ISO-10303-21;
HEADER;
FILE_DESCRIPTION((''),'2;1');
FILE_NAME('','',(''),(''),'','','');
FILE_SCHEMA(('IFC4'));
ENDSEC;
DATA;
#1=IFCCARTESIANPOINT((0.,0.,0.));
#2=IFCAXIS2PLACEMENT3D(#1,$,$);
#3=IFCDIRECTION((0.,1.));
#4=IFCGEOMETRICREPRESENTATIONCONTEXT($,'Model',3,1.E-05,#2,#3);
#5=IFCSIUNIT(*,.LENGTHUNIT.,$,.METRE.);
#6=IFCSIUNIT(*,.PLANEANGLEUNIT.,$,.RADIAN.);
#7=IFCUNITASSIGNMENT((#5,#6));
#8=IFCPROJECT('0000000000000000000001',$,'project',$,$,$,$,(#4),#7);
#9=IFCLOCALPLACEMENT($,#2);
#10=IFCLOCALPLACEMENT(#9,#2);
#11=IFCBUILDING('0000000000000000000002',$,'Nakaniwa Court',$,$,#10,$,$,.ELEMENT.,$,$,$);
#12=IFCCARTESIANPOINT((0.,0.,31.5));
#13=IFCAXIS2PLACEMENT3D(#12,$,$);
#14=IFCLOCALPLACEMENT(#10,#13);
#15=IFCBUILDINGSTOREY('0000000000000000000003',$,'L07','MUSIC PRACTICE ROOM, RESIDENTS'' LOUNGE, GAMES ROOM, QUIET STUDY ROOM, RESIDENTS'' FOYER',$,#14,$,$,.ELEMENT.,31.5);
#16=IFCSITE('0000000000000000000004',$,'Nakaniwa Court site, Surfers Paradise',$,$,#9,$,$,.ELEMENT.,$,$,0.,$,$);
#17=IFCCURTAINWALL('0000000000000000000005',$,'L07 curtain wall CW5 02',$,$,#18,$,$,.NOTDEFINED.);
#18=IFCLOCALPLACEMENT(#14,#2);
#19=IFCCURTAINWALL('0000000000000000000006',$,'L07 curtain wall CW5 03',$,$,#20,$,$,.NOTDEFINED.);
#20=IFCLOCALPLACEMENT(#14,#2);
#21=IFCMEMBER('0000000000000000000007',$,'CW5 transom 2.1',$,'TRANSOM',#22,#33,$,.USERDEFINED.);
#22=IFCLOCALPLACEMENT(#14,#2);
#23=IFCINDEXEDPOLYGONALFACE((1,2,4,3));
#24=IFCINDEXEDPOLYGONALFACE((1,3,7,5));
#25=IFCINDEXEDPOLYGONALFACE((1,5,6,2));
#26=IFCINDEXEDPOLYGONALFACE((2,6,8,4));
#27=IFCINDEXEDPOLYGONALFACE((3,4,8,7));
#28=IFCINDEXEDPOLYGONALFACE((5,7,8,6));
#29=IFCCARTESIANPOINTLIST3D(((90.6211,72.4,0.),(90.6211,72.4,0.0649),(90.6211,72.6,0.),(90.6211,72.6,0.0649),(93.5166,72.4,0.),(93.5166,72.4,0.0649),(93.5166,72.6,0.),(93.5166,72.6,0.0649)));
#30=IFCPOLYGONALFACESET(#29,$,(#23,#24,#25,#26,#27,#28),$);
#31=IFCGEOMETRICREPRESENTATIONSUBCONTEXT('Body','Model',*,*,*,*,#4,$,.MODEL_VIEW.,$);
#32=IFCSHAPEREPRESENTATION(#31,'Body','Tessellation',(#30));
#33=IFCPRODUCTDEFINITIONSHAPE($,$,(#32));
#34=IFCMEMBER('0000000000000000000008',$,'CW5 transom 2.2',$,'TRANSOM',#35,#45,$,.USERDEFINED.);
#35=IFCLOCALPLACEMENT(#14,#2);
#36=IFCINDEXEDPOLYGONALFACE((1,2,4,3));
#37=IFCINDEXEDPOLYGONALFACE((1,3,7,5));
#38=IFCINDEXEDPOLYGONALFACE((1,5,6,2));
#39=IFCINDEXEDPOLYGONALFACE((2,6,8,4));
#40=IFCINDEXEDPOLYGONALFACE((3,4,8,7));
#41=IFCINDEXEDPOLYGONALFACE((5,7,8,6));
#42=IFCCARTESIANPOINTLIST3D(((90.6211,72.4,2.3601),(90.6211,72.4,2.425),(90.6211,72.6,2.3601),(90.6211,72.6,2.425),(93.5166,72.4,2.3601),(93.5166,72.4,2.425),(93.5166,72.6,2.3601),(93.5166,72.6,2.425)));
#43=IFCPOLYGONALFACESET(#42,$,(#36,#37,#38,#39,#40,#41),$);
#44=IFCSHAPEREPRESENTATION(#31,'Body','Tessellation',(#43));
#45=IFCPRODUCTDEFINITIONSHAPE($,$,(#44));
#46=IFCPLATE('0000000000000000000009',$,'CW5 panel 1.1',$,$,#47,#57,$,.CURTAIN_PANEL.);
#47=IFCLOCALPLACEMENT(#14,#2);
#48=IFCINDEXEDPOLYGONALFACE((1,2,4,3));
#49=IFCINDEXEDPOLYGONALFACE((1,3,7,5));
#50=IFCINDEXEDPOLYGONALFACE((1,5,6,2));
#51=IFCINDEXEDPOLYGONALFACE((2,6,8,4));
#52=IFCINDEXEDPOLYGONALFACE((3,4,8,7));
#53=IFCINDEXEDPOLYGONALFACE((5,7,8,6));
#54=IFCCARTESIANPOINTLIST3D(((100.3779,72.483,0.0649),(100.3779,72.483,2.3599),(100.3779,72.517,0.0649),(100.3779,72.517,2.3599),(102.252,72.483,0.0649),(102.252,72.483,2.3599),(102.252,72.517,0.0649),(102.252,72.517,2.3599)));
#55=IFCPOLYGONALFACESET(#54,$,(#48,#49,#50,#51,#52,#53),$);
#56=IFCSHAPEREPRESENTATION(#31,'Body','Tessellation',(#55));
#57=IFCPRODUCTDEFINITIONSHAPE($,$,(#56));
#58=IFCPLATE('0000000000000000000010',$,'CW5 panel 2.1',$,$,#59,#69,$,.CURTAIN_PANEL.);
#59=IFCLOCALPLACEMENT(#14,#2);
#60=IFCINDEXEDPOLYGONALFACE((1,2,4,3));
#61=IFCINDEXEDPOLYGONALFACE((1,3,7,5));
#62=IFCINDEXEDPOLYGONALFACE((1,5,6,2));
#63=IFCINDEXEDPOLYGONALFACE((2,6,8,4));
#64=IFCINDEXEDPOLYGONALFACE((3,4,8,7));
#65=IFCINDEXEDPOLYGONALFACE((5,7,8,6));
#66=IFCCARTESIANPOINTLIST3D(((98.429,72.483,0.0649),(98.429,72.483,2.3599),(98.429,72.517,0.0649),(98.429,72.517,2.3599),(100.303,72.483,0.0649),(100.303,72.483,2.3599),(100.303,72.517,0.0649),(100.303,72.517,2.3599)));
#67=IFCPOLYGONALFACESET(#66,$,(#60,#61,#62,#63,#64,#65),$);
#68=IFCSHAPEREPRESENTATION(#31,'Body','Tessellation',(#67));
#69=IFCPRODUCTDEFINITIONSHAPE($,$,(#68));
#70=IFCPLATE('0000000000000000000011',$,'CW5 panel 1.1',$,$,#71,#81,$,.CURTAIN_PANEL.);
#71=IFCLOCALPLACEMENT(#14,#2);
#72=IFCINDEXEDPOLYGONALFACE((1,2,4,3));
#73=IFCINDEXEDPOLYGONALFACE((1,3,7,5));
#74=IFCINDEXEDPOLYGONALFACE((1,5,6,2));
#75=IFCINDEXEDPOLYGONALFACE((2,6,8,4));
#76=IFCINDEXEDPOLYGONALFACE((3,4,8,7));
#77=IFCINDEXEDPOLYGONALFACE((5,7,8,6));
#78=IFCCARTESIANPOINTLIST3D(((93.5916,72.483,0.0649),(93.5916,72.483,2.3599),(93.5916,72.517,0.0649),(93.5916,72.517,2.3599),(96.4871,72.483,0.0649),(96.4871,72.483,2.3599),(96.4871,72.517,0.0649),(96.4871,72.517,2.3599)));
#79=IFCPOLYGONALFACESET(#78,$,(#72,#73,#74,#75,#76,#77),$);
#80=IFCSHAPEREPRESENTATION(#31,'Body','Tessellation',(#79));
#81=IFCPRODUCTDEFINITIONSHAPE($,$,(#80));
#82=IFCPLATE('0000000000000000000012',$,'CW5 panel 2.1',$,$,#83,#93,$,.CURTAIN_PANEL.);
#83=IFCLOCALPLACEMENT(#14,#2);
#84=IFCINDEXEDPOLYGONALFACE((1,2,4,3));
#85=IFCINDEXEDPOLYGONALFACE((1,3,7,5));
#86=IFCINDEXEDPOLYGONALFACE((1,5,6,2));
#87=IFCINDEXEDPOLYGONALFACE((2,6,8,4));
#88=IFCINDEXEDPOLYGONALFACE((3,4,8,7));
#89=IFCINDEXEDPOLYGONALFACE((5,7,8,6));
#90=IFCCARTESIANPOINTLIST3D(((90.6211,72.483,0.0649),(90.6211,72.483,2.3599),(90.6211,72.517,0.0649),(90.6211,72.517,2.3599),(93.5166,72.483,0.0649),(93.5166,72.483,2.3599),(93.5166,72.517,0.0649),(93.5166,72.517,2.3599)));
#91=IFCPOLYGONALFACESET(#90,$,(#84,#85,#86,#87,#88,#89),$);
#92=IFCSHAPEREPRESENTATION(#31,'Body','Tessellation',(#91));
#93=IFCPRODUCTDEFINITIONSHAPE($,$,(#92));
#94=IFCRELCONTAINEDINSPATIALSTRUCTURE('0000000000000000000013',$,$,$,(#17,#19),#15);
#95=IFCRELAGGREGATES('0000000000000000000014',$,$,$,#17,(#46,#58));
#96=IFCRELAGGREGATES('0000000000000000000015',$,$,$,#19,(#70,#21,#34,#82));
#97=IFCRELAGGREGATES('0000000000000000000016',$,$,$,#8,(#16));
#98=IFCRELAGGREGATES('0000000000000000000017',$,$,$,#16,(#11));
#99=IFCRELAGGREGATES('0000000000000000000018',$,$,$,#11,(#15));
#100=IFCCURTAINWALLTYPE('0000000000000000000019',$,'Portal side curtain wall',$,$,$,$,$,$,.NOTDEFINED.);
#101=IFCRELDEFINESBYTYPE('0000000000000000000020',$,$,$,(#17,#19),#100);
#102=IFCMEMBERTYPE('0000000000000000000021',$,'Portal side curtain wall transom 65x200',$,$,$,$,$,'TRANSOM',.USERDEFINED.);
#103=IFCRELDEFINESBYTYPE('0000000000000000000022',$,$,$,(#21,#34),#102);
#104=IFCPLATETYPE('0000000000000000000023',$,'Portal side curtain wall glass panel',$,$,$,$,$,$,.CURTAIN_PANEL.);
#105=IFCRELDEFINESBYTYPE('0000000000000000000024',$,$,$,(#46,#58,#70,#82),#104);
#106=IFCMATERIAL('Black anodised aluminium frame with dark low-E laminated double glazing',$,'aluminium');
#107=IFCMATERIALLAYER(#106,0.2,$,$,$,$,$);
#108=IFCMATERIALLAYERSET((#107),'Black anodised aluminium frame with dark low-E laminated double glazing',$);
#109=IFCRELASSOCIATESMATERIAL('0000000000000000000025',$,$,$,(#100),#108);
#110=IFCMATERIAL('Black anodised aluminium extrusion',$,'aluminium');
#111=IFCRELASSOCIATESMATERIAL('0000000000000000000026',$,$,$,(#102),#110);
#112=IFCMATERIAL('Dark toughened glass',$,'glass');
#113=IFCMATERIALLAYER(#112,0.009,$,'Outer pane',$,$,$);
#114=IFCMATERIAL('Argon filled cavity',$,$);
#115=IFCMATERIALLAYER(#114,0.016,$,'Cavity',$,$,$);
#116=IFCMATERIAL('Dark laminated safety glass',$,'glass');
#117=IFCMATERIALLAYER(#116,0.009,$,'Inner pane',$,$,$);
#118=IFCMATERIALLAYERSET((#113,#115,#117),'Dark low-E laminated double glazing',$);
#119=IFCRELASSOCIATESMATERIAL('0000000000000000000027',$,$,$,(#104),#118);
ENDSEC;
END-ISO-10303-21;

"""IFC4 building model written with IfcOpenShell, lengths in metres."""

from ifc_helpers import new_model, si_unit, direction, frame, origin, origin_2d, place, context, subcontext, project, spatial, rectangle, extrude, material, layer, layer_set, material_profile, profile_set, type_object, element, aggregate, save


model = new_model("IFC4")

# Units and contexts
model_context = context("Model", 3, precision=1e-05, world=origin(), true_north=direction((0.0, 1.0)))
body_context = subcontext(model_context, "Body", "Model", "MODEL_VIEW")
ifc_project = project(units=[si_unit("LENGTHUNIT", "METRE"), si_unit("PLANEANGLEUNIT", "RADIAN")], contexts=[model_context])

# Site, building, storey
site_placement = place(None, origin())
site = spatial("IfcSite", under=ifc_project, at=site_placement, Name="Nakaniwa Court site, Surfers Paradise", CompositionType="ELEMENT", RefElevation=0.0)
building_placement = place(site_placement, origin())
building = spatial("IfcBuilding", under=site, at=building_placement, Name="Nakaniwa Court", CompositionType="ELEMENT")
storey_placement = place(building_placement, frame((0.0, 0.0, 31.5)))
storey = spatial("IfcBuildingStorey", under=building, at=storey_placement, Name="L07", Description="MUSIC PRACTICE ROOM, RESIDENTS' LOUNGE, GAMES ROOM, QUIET STUDY ROOM, RESIDENTS' FOYER", CompositionType="ELEMENT", Elevation=31.5)

# Curtain walls
ifc_material_1 = material(Name="Black anodised aluminium frame with dark low-E laminated double glazing", Category="aluminium")
ifc_layer_1 = layer(ifc_material_1, 0.2)
ifc_layer_set_1 = layer_set([ifc_layer_1], Name="Black anodised aluminium frame with dark low-E laminated double glazing")
curtain_wall_type = type_object("IfcCurtainWallType", Name="Portal side curtain wall", PredefinedType="NOTDEFINED", material=ifc_layer_set_1)
curtain_wall_1_placement = place(storey_placement, origin())
curtain_wall_1 = element("IfcCurtainWall", 1, at=curtain_wall_1_placement, inside=storey, type_object=curtain_wall_type, Name="L07 curtain wall CW5 02", PredefinedType="NOTDEFINED")
ifc_material_2 = material(Name="Black anodised aluminium extrusion", Category="aluminium")
curtain_wall_2_placement = place(storey_placement, origin())
curtain_wall_2 = element("IfcCurtainWall", 2, at=curtain_wall_2_placement, inside=storey, type_object=curtain_wall_type, Name="L07 curtain wall CW5 03", PredefinedType="NOTDEFINED")

# Members
ifc_material_profile_1 = material_profile(ifc_material_2, rectangle(XDim=0.2, YDim=0.0649, at=origin_2d()), Name="Portal side curtain wall transom 65x200")
ifc_profile_set_1 = profile_set([ifc_material_profile_1], Name="Black anodised aluminium extrusion")
member_type_1 = type_object("IfcMemberType", Name="Portal side curtain wall transom 65x200", ElementType="TRANSOM", PredefinedType="USERDEFINED", material=ifc_profile_set_1)
member_1_placement = place(storey_placement, frame((93.5166, 72.5, 0.0325), z_axis=(-1.0, 0.0, 0.0), x_axis=(0.0, -1.0, 0.0)))
member_1 = element("IfcMember", 3, at=member_1_placement, type_object=member_type_1, Name="CW5 transom 2.1", ObjectType="TRANSOM", PredefinedType="USERDEFINED", context=body_context, shape_type="SweptSolid", body=[
    extrude(rectangle(XDim=0.2, YDim=0.0649, at=origin_2d()), origin(), (0.0, 0.0, 1.0), 2.8955),
])
member_2_placement = place(storey_placement, frame((93.5166, 72.5, 2.3926), z_axis=(-1.0, 0.0, 0.0), x_axis=(0.0, -1.0, 0.0)))
member_2 = element("IfcMember", 4, at=member_2_placement, type_object=member_type_1, Name="CW5 transom 2.2", ObjectType="TRANSOM", PredefinedType="USERDEFINED", context=body_context, shape_type="SweptSolid", body=[
    extrude(rectangle(XDim=0.2, YDim=0.0649, at=origin_2d()), origin(), (0.0, 0.0, 1.0), 2.8955),
])

# Plates
ifc_material_3 = material(Name="Dark toughened glass", Category="glass")
ifc_layer_2 = layer(ifc_material_3, 0.009, Name="Outer pane")
ifc_material_4 = material(Name="Argon filled cavity")
ifc_layer_3 = layer(ifc_material_4, 0.016, Name="Cavity")
ifc_material_5 = material(Name="Dark laminated safety glass", Category="glass")
ifc_layer_4 = layer(ifc_material_5, 0.009, Name="Inner pane")
ifc_layer_set_2 = layer_set([ifc_layer_2, ifc_layer_3, ifc_layer_4], Name="Dark low-E laminated double glazing")
plate_type = type_object("IfcPlateType", Name="Portal side curtain wall glass panel", PredefinedType="CURTAIN_PANEL", material=ifc_layer_set_2)
plate_1_placement = place(storey_placement, frame((101.3149, 72.5, 0.0649), z_axis=(0.0, 0.0, 1.0), x_axis=(-1.0, 0.0, 0.0)))
plate_1 = element("IfcPlate", 5, at=plate_1_placement, type_object=plate_type, Name="CW5 panel 1.1", PredefinedType="CURTAIN_PANEL", context=body_context, shape_type="SweptSolid", body=[
    extrude(rectangle(XDim=1.874, YDim=0.0339, at=origin_2d()), origin(), (0.0, 0.0, 1.0), 2.2949),
])
plate_2_placement = place(storey_placement, frame((99.366, 72.5, 0.0649), z_axis=(0.0, 0.0, 1.0), x_axis=(-1.0, 0.0, 0.0)))
plate_2 = element("IfcPlate", 6, at=plate_2_placement, type_object=plate_type, Name="CW5 panel 2.1", PredefinedType="CURTAIN_PANEL", context=body_context, shape_type="SweptSolid", body=[
    extrude(rectangle(XDim=1.874, YDim=0.0339, at=origin_2d()), origin(), (0.0, 0.0, 1.0), 2.2949),
])
aggregate(curtain_wall_1, [plate_1, plate_2])
plate_3_placement = place(storey_placement, frame((95.0393, 72.5, 0.0649), z_axis=(0.0, 0.0, 1.0), x_axis=(-1.0, 0.0, 0.0)))
plate_3 = element("IfcPlate", 7, at=plate_3_placement, type_object=plate_type, Name="CW5 panel 1.1", PredefinedType="CURTAIN_PANEL", context=body_context, shape_type="SweptSolid", body=[
    extrude(rectangle(XDim=2.8955, YDim=0.0339, at=origin_2d()), origin(), (0.0, 0.0, 1.0), 2.2949),
])
plate_4_placement = place(storey_placement, frame((92.0688, 72.5, 0.0649), z_axis=(0.0, 0.0, 1.0), x_axis=(-1.0, 0.0, 0.0)))
plate_4 = element("IfcPlate", 8, at=plate_4_placement, type_object=plate_type, Name="CW5 panel 2.1", PredefinedType="CURTAIN_PANEL", context=body_context, shape_type="SweptSolid", body=[
    extrude(rectangle(XDim=2.8955, YDim=0.0339, at=origin_2d()), origin(), (0.0, 0.0, 1.0), 2.2949),
])
aggregate(curtain_wall_2, [plate_3, member_1, member_2, plate_4])

save(model, "model.ifc")
